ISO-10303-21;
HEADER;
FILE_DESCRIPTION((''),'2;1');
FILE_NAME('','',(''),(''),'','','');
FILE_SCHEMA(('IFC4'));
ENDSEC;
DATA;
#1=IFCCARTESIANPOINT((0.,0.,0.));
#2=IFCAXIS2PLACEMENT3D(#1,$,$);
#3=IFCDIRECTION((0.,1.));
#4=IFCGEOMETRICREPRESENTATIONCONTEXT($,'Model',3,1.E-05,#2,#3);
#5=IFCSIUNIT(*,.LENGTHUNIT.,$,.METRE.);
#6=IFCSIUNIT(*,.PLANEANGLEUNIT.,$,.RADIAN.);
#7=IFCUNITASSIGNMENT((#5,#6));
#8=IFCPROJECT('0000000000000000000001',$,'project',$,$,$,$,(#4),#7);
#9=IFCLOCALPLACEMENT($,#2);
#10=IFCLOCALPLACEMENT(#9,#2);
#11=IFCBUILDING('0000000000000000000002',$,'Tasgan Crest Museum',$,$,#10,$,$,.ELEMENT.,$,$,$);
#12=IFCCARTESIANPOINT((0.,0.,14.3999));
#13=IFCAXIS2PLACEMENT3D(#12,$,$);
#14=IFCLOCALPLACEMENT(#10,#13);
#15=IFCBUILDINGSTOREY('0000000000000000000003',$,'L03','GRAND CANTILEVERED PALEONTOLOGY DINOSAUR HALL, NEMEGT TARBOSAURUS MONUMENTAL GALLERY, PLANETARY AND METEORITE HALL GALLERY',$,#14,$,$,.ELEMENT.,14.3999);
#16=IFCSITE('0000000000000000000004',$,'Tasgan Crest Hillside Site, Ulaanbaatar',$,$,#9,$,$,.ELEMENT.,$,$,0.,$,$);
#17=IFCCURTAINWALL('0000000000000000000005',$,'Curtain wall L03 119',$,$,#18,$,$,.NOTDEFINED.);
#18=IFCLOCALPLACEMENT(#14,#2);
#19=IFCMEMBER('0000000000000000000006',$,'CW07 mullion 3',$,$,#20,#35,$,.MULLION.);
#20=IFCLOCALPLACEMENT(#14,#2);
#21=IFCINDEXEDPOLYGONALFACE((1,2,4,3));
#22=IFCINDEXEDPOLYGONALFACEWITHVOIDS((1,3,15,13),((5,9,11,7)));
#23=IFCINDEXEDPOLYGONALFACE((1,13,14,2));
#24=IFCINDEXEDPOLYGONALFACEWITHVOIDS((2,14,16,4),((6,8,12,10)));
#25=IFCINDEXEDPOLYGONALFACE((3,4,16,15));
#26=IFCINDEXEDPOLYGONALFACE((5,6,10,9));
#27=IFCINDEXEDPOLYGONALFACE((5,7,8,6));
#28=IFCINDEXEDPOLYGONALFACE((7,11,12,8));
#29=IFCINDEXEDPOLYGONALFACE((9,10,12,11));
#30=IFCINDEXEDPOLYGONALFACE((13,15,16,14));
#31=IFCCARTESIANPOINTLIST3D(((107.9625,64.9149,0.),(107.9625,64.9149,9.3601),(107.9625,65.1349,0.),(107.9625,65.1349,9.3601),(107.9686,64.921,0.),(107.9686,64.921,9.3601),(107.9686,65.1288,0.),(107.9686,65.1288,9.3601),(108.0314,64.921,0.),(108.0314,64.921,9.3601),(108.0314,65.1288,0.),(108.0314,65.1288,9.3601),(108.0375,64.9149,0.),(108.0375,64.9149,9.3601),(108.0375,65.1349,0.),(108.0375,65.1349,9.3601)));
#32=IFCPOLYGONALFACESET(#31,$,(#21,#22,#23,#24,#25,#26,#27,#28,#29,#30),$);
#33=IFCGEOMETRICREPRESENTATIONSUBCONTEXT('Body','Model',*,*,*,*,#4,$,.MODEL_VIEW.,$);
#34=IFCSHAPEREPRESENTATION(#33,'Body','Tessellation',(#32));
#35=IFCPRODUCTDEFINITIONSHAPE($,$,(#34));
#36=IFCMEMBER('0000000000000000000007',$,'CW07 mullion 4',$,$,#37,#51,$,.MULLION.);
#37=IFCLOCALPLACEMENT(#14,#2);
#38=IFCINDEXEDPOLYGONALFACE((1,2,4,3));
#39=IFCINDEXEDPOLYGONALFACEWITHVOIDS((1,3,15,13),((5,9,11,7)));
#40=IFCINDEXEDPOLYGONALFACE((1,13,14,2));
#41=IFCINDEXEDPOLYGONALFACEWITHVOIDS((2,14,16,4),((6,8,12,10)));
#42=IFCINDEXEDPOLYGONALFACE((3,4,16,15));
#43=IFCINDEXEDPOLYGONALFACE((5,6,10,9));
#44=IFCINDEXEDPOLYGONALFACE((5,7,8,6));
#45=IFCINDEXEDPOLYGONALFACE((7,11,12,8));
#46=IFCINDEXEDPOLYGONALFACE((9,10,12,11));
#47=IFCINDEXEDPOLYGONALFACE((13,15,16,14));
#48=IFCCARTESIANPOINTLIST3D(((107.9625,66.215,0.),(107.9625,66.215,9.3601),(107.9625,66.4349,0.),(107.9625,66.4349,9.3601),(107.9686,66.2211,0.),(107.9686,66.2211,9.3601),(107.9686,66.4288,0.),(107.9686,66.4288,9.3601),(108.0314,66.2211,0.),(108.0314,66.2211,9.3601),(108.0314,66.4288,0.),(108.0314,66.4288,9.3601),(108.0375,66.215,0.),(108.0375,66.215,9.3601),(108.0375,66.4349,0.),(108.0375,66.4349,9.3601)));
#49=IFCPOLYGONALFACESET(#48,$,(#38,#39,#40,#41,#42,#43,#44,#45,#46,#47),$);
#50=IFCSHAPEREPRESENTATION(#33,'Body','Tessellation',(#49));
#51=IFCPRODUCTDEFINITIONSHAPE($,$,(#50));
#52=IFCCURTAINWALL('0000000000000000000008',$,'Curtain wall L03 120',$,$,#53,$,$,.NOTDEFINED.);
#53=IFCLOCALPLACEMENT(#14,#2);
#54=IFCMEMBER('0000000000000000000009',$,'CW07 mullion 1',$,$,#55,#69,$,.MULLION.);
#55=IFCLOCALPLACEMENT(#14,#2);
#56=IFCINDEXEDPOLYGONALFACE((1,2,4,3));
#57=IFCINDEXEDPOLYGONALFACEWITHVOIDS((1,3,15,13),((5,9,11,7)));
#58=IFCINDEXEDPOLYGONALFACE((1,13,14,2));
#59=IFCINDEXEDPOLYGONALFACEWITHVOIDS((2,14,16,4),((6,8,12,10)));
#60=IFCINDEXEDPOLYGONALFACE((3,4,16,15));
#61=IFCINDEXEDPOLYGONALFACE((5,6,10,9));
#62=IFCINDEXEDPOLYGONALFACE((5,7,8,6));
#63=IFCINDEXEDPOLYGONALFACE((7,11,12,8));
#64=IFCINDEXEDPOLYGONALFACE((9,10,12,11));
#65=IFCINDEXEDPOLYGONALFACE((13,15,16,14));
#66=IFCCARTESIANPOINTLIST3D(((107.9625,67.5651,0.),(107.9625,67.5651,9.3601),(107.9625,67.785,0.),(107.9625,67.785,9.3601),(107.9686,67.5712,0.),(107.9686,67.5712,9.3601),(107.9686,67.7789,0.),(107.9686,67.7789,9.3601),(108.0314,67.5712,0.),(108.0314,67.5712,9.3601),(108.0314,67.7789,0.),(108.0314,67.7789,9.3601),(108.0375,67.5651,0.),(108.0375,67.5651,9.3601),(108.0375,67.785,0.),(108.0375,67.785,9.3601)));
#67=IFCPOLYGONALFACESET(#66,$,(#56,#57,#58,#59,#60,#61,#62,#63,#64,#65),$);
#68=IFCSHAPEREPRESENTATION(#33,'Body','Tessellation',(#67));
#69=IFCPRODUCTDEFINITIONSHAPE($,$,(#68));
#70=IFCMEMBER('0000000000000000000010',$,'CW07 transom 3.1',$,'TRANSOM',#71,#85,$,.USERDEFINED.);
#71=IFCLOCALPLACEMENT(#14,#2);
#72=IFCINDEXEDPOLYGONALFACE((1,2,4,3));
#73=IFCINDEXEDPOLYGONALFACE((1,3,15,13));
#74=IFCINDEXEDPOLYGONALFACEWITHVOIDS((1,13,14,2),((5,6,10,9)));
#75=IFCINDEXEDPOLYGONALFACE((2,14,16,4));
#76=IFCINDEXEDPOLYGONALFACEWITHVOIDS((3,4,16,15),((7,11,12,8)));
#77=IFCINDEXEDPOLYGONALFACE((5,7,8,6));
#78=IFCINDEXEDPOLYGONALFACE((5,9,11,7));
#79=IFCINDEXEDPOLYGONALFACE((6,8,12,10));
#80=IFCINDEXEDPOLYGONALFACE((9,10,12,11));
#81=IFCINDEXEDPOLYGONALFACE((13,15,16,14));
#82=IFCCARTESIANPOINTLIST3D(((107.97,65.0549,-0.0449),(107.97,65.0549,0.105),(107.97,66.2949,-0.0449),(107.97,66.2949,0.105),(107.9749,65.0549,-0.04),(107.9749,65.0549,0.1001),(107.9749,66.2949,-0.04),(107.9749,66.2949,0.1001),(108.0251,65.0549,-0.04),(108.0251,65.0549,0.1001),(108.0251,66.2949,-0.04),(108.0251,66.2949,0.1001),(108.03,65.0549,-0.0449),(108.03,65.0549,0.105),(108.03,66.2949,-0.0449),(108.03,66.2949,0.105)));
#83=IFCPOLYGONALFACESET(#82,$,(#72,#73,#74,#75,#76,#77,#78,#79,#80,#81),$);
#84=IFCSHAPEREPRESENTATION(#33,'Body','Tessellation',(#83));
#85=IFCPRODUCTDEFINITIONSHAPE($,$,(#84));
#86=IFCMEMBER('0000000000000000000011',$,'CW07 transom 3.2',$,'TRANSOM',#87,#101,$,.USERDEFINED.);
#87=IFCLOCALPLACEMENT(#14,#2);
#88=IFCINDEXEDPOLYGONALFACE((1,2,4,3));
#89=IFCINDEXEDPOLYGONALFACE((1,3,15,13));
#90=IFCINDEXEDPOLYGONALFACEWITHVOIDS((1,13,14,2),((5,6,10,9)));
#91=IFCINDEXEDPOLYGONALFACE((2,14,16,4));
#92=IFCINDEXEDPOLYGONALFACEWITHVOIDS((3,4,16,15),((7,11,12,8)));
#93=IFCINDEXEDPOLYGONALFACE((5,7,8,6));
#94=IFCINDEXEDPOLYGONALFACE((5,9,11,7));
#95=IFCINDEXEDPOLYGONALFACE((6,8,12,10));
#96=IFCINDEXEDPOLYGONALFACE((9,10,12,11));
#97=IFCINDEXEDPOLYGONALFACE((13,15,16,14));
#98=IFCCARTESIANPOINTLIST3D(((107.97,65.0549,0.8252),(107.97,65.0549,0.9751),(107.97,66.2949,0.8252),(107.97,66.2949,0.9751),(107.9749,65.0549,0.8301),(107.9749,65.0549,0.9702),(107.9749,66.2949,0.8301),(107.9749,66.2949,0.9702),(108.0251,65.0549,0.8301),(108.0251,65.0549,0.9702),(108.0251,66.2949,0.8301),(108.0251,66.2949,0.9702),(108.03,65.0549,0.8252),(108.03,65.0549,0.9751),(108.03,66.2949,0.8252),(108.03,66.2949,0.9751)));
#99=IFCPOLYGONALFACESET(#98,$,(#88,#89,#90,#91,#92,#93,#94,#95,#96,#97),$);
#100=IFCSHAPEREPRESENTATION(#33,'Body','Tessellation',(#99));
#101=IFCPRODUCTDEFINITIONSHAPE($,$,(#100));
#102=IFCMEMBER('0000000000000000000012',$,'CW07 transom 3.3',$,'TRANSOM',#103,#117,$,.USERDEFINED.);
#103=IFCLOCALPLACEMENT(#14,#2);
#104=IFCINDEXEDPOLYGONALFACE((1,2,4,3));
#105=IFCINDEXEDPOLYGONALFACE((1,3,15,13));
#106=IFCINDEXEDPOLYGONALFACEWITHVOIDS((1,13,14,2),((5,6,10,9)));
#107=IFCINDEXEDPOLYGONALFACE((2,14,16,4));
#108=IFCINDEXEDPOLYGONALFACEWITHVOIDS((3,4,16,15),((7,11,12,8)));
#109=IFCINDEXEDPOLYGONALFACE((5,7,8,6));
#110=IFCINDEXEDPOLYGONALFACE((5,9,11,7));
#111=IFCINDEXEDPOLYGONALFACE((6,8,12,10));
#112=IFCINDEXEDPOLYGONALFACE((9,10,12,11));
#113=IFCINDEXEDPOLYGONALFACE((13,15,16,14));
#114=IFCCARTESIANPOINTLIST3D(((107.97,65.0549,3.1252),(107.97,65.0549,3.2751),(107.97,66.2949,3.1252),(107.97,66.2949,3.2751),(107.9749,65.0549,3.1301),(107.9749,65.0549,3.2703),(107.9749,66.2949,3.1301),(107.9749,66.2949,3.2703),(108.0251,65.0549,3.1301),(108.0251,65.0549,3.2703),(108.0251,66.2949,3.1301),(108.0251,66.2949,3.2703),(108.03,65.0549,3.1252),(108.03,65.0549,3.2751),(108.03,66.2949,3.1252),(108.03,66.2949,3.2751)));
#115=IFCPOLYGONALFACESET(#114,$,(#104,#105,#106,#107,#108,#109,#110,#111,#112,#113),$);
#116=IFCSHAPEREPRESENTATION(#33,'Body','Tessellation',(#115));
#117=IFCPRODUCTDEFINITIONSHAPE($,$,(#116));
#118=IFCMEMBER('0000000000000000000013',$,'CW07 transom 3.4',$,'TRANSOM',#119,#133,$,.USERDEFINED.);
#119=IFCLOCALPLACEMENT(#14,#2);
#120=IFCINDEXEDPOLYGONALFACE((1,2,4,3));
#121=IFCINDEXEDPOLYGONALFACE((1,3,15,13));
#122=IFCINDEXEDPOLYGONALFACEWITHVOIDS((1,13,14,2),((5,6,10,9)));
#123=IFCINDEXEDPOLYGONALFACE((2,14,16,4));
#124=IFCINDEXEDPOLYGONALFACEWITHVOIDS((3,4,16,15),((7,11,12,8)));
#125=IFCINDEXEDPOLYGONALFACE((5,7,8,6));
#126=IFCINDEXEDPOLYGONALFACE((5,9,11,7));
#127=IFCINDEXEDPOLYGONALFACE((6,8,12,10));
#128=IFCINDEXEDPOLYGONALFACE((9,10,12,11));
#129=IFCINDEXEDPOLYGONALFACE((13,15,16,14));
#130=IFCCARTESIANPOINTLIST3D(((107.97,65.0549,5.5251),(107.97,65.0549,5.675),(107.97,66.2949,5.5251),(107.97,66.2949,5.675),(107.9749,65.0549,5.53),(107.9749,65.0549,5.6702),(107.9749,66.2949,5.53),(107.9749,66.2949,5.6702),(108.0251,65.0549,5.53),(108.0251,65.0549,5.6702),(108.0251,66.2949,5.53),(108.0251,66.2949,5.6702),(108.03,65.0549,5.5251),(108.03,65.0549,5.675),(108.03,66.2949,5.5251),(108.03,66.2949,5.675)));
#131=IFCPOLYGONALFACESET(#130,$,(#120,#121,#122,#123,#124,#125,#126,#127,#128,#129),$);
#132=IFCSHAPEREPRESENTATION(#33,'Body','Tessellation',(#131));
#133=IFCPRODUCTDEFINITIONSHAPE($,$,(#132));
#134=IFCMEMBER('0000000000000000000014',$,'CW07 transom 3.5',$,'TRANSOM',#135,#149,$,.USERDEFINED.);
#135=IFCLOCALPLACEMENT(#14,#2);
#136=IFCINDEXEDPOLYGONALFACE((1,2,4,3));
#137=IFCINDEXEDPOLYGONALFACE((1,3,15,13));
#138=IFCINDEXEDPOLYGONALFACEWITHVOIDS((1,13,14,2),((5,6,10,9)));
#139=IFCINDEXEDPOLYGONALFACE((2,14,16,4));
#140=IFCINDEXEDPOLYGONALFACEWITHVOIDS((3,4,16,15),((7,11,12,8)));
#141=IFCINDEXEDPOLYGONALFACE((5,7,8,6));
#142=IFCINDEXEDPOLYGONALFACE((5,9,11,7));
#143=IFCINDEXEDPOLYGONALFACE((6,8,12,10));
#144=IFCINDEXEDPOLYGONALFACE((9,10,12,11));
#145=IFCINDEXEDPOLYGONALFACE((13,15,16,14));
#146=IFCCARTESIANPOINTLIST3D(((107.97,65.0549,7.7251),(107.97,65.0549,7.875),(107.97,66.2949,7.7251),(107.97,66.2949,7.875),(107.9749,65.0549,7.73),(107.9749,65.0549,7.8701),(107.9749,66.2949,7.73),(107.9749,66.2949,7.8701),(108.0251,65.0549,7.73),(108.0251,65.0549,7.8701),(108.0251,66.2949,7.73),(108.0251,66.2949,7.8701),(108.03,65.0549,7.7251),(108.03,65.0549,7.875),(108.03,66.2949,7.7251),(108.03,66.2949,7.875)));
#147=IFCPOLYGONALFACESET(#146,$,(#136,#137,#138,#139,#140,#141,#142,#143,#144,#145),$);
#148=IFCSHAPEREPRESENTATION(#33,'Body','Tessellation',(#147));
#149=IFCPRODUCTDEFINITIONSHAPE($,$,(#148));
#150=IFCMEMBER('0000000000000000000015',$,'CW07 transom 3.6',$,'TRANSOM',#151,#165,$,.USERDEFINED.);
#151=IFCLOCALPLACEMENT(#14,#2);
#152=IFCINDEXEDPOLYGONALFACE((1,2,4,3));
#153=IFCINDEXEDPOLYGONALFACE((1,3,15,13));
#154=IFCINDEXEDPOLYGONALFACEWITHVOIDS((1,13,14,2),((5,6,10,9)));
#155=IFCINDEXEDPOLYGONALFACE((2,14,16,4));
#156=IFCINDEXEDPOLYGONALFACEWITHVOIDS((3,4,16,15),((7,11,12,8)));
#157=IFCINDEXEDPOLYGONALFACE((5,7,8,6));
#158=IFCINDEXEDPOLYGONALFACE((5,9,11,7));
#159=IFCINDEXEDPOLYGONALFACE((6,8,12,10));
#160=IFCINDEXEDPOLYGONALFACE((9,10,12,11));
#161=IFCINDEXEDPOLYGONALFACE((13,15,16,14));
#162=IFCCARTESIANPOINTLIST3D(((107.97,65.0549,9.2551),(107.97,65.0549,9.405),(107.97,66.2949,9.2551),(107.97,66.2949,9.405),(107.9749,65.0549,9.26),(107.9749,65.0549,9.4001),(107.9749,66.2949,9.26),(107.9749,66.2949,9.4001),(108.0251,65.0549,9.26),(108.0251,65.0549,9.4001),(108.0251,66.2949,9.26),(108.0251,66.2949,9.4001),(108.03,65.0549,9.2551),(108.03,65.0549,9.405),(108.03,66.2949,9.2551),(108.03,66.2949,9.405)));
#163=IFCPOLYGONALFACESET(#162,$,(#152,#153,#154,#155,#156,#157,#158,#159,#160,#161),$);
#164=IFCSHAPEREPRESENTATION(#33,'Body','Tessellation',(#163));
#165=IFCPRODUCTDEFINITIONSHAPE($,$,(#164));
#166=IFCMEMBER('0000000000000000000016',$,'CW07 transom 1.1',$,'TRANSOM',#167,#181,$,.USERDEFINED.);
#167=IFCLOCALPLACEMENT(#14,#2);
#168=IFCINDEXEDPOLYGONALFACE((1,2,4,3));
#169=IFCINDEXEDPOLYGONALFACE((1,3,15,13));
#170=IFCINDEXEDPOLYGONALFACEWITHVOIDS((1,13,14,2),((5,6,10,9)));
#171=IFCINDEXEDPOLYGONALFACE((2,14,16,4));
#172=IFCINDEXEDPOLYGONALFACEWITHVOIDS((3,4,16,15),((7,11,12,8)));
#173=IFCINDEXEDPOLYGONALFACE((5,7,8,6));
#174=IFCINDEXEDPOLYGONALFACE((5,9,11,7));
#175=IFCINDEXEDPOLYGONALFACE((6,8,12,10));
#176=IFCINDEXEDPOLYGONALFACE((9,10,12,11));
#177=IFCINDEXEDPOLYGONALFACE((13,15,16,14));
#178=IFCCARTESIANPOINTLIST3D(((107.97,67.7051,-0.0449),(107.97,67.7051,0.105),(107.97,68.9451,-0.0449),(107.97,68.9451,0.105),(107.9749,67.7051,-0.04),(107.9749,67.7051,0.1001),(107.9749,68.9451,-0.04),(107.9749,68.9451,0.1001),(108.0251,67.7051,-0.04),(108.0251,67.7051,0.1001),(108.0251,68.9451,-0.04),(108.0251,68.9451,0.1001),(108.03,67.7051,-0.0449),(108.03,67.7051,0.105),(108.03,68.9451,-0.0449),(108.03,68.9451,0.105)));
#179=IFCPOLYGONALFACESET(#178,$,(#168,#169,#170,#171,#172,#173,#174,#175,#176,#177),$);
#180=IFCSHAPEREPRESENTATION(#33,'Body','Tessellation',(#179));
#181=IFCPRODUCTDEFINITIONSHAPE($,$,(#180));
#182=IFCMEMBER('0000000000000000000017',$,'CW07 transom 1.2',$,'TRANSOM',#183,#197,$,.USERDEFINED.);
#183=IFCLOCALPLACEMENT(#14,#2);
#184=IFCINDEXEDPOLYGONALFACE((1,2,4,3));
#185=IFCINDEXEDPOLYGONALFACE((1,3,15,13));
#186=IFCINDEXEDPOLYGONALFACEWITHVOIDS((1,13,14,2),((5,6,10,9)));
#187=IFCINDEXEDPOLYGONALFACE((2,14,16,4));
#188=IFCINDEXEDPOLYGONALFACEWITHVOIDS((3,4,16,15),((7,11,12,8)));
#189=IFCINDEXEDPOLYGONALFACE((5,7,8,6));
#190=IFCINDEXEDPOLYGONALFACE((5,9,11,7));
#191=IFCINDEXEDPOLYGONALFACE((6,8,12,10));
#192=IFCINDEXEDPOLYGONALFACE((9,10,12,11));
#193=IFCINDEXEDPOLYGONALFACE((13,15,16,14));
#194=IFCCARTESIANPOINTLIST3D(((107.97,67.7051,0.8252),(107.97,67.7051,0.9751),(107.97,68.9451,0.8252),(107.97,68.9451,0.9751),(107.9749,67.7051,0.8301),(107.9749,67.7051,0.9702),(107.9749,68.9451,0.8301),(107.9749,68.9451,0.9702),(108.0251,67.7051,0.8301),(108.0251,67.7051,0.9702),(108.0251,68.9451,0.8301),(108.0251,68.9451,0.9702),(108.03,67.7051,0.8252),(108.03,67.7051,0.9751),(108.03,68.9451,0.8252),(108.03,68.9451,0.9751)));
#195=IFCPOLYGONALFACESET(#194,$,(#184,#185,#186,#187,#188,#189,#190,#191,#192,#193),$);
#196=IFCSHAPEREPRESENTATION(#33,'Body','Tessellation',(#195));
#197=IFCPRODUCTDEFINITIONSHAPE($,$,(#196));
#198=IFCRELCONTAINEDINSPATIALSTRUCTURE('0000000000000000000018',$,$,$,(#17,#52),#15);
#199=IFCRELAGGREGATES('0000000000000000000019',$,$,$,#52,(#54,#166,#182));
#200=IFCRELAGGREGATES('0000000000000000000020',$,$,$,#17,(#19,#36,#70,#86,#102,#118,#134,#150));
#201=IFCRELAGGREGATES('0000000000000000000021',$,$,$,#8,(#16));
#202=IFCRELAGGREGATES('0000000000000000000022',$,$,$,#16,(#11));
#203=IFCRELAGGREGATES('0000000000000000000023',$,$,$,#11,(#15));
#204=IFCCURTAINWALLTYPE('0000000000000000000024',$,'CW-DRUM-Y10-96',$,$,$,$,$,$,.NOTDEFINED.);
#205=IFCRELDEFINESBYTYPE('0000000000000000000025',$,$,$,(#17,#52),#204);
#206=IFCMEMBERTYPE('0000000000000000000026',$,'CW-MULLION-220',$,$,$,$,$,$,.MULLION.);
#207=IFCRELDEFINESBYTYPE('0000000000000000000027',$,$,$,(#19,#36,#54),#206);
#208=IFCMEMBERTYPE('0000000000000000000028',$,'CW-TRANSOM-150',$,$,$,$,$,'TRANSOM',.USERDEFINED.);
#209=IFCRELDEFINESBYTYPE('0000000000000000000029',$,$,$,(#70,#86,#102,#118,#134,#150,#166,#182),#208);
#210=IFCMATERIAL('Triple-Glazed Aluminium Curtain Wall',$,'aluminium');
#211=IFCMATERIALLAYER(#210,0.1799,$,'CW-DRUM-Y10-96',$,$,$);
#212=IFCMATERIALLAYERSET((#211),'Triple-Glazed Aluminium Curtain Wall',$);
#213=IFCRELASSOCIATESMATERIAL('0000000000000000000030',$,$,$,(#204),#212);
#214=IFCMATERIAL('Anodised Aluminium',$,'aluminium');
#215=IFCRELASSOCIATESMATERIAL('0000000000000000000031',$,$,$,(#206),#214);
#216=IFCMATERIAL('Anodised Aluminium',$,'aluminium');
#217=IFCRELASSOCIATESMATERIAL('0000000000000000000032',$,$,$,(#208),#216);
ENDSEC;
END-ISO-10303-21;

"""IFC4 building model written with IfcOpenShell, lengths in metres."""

from ifc_helpers import new_model, si_unit, direction, frame, origin, origin_2d, place, context, subcontext, project, spatial, hollow_rectangle, extrude, material, layer, layer_set, material_profile, profile_set, type_object, element, aggregate, save


model = new_model("IFC4")

# Units and contexts
model_context = context("Model", 3, precision=1e-05, world=origin(), true_north=direction((0.0, 1.0)))
body_context = subcontext(model_context, "Body", "Model", "MODEL_VIEW")
ifc_project = project(units=[si_unit("LENGTHUNIT", "METRE"), si_unit("PLANEANGLEUNIT", "RADIAN")], contexts=[model_context])

# Site, building, storey
site_placement = place(None, origin())
site = spatial("IfcSite", under=ifc_project, at=site_placement, Name="Tasgan Crest Hillside Site, Ulaanbaatar", CompositionType="ELEMENT", RefElevation=0.0)
building_placement = place(site_placement, origin())
building = spatial("IfcBuilding", under=site, at=building_placement, Name="Tasgan Crest Museum", CompositionType="ELEMENT")
storey_placement = place(building_placement, frame((0.0, 0.0, 14.3999)))
storey = spatial("IfcBuildingStorey", under=building, at=storey_placement, Name="L03", Description="GRAND CANTILEVERED PALEONTOLOGY DINOSAUR HALL, NEMEGT TARBOSAURUS MONUMENTAL GALLERY, PLANETARY AND METEORITE HALL GALLERY", CompositionType="ELEMENT", Elevation=14.3999)

# Curtain wall, members
ifc_material_1 = material(Name="Triple-Glazed Aluminium Curtain Wall", Category="aluminium")
ifc_layer_1 = layer(ifc_material_1, 0.1799, Name="CW-DRUM-Y10-96")
ifc_layer_set_1 = layer_set([ifc_layer_1], Name="Triple-Glazed Aluminium Curtain Wall")
curtain_wall_type = type_object("IfcCurtainWallType", Name="CW-DRUM-Y10-96", PredefinedType="NOTDEFINED", material=ifc_layer_set_1)
curtain_wall_1_placement = place(storey_placement, origin())
curtain_wall_1 = element("IfcCurtainWall", 1, at=curtain_wall_1_placement, inside=storey, type_object=curtain_wall_type, Name="Curtain wall L03 119", PredefinedType="NOTDEFINED")
ifc_material_2 = material(Name="Anodised Aluminium", Category="aluminium")
ifc_material_profile_1 = material_profile(ifc_material_2, hollow_rectangle(XDim=0.075, YDim=0.22, WallThickness=0.0061, at=origin_2d()), Name="ALU MULLION 220x75x6")
ifc_profile_set_1 = profile_set([ifc_material_profile_1], Name="Anodised Aluminium")
member_type_1 = type_object("IfcMemberType", Name="CW-MULLION-220", PredefinedType="MULLION", material=ifc_profile_set_1)
member_1_placement = place(storey_placement, frame((108.0, 65.0249, 0.0), z_axis=(0.0, 0.0, 1.0), x_axis=(-1.0, 0.0, 0.0)))
member_1 = element("IfcMember", 2, at=member_1_placement, type_object=member_type_1, Name="CW07 mullion 3", PredefinedType="MULLION", context=body_context, shape_type="SweptSolid", body=[
    extrude(hollow_rectangle(XDim=0.075, YDim=0.22, WallThickness=0.0061, at=origin_2d()), origin(), (0.0, 0.0, 1.0), 9.3601),
])
member_2_placement = place(storey_placement, frame((108.0, 66.325, 0.0), z_axis=(0.0, 0.0, 1.0), x_axis=(-1.0, 0.0, 0.0)))
member_2 = element("IfcMember", 3, at=member_2_placement, type_object=member_type_1, Name="CW07 mullion 4", PredefinedType="MULLION", context=body_context, shape_type="SweptSolid", body=[
    extrude(hollow_rectangle(XDim=0.075, YDim=0.22, WallThickness=0.0061, at=origin_2d()), origin(), (0.0, 0.0, 1.0), 9.3601),
])

# Curtain wall, member
curtain_wall_2_placement = place(storey_placement, origin())
curtain_wall_2 = element("IfcCurtainWall", 4, at=curtain_wall_2_placement, inside=storey, type_object=curtain_wall_type, Name="Curtain wall L03 120", PredefinedType="NOTDEFINED")
member_3_placement = place(storey_placement, frame((108.0, 67.675, 0.0), z_axis=(0.0, 0.0, 1.0), x_axis=(-1.0, 0.0, 0.0)))
member_3 = element("IfcMember", 5, at=member_3_placement, type_object=member_type_1, Name="CW07 mullion 1", PredefinedType="MULLION", context=body_context, shape_type="SweptSolid", body=[
    extrude(hollow_rectangle(XDim=0.075, YDim=0.22, WallThickness=0.0061, at=origin_2d()), origin(), (0.0, 0.0, 1.0), 9.3601),
])

# Members
ifc_material_3 = material(Name="Anodised Aluminium", Category="aluminium")
ifc_material_profile_2 = material_profile(ifc_material_3, hollow_rectangle(XDim=0.0601, YDim=0.1499, WallThickness=0.0049, at=origin_2d()), Name="ALU TRANSOM 150x60x5")
ifc_profile_set_2 = profile_set([ifc_material_profile_2], Name="Anodised Aluminium")
member_type_2 = type_object("IfcMemberType", Name="CW-TRANSOM-150", ElementType="TRANSOM", PredefinedType="USERDEFINED", material=ifc_profile_set_2)
member_4_placement = place(storey_placement, frame((108.0, 65.0549, 0.03), z_axis=(0.0, 1.0, 0.0), x_axis=(-1.0, 0.0, 0.0)))
member_4 = element("IfcMember", 6, at=member_4_placement, type_object=member_type_2, Name="CW07 transom 3.1", ObjectType="TRANSOM", PredefinedType="USERDEFINED", context=body_context, shape_type="SweptSolid", body=[
    extrude(hollow_rectangle(XDim=0.0601, YDim=0.1499, WallThickness=0.0049, at=origin_2d()), origin(), (0.0, 0.0, 1.0), 1.24),
])
member_5_placement = place(storey_placement, frame((108.0, 65.0549, 0.9001), z_axis=(0.0, 1.0, 0.0), x_axis=(-1.0, 0.0, 0.0)))
member_5 = element("IfcMember", 7, at=member_5_placement, type_object=member_type_2, Name="CW07 transom 3.2", ObjectType="TRANSOM", PredefinedType="USERDEFINED", context=body_context, shape_type="SweptSolid", body=[
    extrude(hollow_rectangle(XDim=0.0601, YDim=0.1499, WallThickness=0.0049, at=origin_2d()), origin(), (0.0, 0.0, 1.0), 1.24),
])
member_6_placement = place(storey_placement, frame((108.0, 65.0549, 3.2002), z_axis=(0.0, 1.0, 0.0), x_axis=(-1.0, 0.0, 0.0)))
member_6 = element("IfcMember", 8, at=member_6_placement, type_object=member_type_2, Name="CW07 transom 3.3", ObjectType="TRANSOM", PredefinedType="USERDEFINED", context=body_context, shape_type="SweptSolid", body=[
    extrude(hollow_rectangle(XDim=0.0601, YDim=0.1499, WallThickness=0.0049, at=origin_2d()), origin(), (0.0, 0.0, 1.0), 1.24),
])
member_7_placement = place(storey_placement, frame((108.0, 65.0549, 5.6001), z_axis=(0.0, 1.0, 0.0), x_axis=(-1.0, 0.0, 0.0)))
member_7 = element("IfcMember", 9, at=member_7_placement, type_object=member_type_2, Name="CW07 transom 3.4", ObjectType="TRANSOM", PredefinedType="USERDEFINED", context=body_context, shape_type="SweptSolid", body=[
    extrude(hollow_rectangle(XDim=0.0601, YDim=0.1499, WallThickness=0.0049, at=origin_2d()), origin(), (0.0, 0.0, 1.0), 1.24),
])
member_8_placement = place(storey_placement, frame((108.0, 65.0549, 7.8), z_axis=(0.0, 1.0, 0.0), x_axis=(-1.0, 0.0, 0.0)))
member_8 = element("IfcMember", 10, at=member_8_placement, type_object=member_type_2, Name="CW07 transom 3.5", ObjectType="TRANSOM", PredefinedType="USERDEFINED", context=body_context, shape_type="SweptSolid", body=[
    extrude(hollow_rectangle(XDim=0.0601, YDim=0.1499, WallThickness=0.0049, at=origin_2d()), origin(), (0.0, 0.0, 1.0), 1.24),
])
member_9_placement = place(storey_placement, frame((108.0, 65.0549, 9.3301), z_axis=(0.0, 1.0, 0.0), x_axis=(-1.0, 0.0, 0.0)))
member_9 = element("IfcMember", 11, at=member_9_placement, type_object=member_type_2, Name="CW07 transom 3.6", ObjectType="TRANSOM", PredefinedType="USERDEFINED", context=body_context, shape_type="SweptSolid", body=[
    extrude(hollow_rectangle(XDim=0.0601, YDim=0.1499, WallThickness=0.0049, at=origin_2d()), origin(), (0.0, 0.0, 1.0), 1.24),
])
member_10_placement = place(storey_placement, frame((108.0, 67.7051, 0.03), z_axis=(0.0, 1.0, 0.0), x_axis=(-1.0, 0.0, 0.0)))
member_10 = element("IfcMember", 12, at=member_10_placement, type_object=member_type_2, Name="CW07 transom 1.1", ObjectType="TRANSOM", PredefinedType="USERDEFINED", context=body_context, shape_type="SweptSolid", body=[
    extrude(hollow_rectangle(XDim=0.0601, YDim=0.1499, WallThickness=0.0049, at=origin_2d()), origin(), (0.0, 0.0, 1.0), 1.24),
])
member_11_placement = place(storey_placement, frame((108.0, 67.7051, 0.9001), z_axis=(0.0, 1.0, 0.0), x_axis=(-1.0, 0.0, 0.0)))
member_11 = element("IfcMember", 13, at=member_11_placement, type_object=member_type_2, Name="CW07 transom 1.2", ObjectType="TRANSOM", PredefinedType="USERDEFINED", context=body_context, shape_type="SweptSolid", body=[
    extrude(hollow_rectangle(XDim=0.0601, YDim=0.1499, WallThickness=0.0049, at=origin_2d()), origin(), (0.0, 0.0, 1.0), 1.24),
])
aggregate(curtain_wall_2, [member_3, member_10, member_11])

aggregate(curtain_wall_1, [member_1, member_2, member_4, member_5, member_6, member_7, member_8, member_9])

save(model, "model.ifc")
